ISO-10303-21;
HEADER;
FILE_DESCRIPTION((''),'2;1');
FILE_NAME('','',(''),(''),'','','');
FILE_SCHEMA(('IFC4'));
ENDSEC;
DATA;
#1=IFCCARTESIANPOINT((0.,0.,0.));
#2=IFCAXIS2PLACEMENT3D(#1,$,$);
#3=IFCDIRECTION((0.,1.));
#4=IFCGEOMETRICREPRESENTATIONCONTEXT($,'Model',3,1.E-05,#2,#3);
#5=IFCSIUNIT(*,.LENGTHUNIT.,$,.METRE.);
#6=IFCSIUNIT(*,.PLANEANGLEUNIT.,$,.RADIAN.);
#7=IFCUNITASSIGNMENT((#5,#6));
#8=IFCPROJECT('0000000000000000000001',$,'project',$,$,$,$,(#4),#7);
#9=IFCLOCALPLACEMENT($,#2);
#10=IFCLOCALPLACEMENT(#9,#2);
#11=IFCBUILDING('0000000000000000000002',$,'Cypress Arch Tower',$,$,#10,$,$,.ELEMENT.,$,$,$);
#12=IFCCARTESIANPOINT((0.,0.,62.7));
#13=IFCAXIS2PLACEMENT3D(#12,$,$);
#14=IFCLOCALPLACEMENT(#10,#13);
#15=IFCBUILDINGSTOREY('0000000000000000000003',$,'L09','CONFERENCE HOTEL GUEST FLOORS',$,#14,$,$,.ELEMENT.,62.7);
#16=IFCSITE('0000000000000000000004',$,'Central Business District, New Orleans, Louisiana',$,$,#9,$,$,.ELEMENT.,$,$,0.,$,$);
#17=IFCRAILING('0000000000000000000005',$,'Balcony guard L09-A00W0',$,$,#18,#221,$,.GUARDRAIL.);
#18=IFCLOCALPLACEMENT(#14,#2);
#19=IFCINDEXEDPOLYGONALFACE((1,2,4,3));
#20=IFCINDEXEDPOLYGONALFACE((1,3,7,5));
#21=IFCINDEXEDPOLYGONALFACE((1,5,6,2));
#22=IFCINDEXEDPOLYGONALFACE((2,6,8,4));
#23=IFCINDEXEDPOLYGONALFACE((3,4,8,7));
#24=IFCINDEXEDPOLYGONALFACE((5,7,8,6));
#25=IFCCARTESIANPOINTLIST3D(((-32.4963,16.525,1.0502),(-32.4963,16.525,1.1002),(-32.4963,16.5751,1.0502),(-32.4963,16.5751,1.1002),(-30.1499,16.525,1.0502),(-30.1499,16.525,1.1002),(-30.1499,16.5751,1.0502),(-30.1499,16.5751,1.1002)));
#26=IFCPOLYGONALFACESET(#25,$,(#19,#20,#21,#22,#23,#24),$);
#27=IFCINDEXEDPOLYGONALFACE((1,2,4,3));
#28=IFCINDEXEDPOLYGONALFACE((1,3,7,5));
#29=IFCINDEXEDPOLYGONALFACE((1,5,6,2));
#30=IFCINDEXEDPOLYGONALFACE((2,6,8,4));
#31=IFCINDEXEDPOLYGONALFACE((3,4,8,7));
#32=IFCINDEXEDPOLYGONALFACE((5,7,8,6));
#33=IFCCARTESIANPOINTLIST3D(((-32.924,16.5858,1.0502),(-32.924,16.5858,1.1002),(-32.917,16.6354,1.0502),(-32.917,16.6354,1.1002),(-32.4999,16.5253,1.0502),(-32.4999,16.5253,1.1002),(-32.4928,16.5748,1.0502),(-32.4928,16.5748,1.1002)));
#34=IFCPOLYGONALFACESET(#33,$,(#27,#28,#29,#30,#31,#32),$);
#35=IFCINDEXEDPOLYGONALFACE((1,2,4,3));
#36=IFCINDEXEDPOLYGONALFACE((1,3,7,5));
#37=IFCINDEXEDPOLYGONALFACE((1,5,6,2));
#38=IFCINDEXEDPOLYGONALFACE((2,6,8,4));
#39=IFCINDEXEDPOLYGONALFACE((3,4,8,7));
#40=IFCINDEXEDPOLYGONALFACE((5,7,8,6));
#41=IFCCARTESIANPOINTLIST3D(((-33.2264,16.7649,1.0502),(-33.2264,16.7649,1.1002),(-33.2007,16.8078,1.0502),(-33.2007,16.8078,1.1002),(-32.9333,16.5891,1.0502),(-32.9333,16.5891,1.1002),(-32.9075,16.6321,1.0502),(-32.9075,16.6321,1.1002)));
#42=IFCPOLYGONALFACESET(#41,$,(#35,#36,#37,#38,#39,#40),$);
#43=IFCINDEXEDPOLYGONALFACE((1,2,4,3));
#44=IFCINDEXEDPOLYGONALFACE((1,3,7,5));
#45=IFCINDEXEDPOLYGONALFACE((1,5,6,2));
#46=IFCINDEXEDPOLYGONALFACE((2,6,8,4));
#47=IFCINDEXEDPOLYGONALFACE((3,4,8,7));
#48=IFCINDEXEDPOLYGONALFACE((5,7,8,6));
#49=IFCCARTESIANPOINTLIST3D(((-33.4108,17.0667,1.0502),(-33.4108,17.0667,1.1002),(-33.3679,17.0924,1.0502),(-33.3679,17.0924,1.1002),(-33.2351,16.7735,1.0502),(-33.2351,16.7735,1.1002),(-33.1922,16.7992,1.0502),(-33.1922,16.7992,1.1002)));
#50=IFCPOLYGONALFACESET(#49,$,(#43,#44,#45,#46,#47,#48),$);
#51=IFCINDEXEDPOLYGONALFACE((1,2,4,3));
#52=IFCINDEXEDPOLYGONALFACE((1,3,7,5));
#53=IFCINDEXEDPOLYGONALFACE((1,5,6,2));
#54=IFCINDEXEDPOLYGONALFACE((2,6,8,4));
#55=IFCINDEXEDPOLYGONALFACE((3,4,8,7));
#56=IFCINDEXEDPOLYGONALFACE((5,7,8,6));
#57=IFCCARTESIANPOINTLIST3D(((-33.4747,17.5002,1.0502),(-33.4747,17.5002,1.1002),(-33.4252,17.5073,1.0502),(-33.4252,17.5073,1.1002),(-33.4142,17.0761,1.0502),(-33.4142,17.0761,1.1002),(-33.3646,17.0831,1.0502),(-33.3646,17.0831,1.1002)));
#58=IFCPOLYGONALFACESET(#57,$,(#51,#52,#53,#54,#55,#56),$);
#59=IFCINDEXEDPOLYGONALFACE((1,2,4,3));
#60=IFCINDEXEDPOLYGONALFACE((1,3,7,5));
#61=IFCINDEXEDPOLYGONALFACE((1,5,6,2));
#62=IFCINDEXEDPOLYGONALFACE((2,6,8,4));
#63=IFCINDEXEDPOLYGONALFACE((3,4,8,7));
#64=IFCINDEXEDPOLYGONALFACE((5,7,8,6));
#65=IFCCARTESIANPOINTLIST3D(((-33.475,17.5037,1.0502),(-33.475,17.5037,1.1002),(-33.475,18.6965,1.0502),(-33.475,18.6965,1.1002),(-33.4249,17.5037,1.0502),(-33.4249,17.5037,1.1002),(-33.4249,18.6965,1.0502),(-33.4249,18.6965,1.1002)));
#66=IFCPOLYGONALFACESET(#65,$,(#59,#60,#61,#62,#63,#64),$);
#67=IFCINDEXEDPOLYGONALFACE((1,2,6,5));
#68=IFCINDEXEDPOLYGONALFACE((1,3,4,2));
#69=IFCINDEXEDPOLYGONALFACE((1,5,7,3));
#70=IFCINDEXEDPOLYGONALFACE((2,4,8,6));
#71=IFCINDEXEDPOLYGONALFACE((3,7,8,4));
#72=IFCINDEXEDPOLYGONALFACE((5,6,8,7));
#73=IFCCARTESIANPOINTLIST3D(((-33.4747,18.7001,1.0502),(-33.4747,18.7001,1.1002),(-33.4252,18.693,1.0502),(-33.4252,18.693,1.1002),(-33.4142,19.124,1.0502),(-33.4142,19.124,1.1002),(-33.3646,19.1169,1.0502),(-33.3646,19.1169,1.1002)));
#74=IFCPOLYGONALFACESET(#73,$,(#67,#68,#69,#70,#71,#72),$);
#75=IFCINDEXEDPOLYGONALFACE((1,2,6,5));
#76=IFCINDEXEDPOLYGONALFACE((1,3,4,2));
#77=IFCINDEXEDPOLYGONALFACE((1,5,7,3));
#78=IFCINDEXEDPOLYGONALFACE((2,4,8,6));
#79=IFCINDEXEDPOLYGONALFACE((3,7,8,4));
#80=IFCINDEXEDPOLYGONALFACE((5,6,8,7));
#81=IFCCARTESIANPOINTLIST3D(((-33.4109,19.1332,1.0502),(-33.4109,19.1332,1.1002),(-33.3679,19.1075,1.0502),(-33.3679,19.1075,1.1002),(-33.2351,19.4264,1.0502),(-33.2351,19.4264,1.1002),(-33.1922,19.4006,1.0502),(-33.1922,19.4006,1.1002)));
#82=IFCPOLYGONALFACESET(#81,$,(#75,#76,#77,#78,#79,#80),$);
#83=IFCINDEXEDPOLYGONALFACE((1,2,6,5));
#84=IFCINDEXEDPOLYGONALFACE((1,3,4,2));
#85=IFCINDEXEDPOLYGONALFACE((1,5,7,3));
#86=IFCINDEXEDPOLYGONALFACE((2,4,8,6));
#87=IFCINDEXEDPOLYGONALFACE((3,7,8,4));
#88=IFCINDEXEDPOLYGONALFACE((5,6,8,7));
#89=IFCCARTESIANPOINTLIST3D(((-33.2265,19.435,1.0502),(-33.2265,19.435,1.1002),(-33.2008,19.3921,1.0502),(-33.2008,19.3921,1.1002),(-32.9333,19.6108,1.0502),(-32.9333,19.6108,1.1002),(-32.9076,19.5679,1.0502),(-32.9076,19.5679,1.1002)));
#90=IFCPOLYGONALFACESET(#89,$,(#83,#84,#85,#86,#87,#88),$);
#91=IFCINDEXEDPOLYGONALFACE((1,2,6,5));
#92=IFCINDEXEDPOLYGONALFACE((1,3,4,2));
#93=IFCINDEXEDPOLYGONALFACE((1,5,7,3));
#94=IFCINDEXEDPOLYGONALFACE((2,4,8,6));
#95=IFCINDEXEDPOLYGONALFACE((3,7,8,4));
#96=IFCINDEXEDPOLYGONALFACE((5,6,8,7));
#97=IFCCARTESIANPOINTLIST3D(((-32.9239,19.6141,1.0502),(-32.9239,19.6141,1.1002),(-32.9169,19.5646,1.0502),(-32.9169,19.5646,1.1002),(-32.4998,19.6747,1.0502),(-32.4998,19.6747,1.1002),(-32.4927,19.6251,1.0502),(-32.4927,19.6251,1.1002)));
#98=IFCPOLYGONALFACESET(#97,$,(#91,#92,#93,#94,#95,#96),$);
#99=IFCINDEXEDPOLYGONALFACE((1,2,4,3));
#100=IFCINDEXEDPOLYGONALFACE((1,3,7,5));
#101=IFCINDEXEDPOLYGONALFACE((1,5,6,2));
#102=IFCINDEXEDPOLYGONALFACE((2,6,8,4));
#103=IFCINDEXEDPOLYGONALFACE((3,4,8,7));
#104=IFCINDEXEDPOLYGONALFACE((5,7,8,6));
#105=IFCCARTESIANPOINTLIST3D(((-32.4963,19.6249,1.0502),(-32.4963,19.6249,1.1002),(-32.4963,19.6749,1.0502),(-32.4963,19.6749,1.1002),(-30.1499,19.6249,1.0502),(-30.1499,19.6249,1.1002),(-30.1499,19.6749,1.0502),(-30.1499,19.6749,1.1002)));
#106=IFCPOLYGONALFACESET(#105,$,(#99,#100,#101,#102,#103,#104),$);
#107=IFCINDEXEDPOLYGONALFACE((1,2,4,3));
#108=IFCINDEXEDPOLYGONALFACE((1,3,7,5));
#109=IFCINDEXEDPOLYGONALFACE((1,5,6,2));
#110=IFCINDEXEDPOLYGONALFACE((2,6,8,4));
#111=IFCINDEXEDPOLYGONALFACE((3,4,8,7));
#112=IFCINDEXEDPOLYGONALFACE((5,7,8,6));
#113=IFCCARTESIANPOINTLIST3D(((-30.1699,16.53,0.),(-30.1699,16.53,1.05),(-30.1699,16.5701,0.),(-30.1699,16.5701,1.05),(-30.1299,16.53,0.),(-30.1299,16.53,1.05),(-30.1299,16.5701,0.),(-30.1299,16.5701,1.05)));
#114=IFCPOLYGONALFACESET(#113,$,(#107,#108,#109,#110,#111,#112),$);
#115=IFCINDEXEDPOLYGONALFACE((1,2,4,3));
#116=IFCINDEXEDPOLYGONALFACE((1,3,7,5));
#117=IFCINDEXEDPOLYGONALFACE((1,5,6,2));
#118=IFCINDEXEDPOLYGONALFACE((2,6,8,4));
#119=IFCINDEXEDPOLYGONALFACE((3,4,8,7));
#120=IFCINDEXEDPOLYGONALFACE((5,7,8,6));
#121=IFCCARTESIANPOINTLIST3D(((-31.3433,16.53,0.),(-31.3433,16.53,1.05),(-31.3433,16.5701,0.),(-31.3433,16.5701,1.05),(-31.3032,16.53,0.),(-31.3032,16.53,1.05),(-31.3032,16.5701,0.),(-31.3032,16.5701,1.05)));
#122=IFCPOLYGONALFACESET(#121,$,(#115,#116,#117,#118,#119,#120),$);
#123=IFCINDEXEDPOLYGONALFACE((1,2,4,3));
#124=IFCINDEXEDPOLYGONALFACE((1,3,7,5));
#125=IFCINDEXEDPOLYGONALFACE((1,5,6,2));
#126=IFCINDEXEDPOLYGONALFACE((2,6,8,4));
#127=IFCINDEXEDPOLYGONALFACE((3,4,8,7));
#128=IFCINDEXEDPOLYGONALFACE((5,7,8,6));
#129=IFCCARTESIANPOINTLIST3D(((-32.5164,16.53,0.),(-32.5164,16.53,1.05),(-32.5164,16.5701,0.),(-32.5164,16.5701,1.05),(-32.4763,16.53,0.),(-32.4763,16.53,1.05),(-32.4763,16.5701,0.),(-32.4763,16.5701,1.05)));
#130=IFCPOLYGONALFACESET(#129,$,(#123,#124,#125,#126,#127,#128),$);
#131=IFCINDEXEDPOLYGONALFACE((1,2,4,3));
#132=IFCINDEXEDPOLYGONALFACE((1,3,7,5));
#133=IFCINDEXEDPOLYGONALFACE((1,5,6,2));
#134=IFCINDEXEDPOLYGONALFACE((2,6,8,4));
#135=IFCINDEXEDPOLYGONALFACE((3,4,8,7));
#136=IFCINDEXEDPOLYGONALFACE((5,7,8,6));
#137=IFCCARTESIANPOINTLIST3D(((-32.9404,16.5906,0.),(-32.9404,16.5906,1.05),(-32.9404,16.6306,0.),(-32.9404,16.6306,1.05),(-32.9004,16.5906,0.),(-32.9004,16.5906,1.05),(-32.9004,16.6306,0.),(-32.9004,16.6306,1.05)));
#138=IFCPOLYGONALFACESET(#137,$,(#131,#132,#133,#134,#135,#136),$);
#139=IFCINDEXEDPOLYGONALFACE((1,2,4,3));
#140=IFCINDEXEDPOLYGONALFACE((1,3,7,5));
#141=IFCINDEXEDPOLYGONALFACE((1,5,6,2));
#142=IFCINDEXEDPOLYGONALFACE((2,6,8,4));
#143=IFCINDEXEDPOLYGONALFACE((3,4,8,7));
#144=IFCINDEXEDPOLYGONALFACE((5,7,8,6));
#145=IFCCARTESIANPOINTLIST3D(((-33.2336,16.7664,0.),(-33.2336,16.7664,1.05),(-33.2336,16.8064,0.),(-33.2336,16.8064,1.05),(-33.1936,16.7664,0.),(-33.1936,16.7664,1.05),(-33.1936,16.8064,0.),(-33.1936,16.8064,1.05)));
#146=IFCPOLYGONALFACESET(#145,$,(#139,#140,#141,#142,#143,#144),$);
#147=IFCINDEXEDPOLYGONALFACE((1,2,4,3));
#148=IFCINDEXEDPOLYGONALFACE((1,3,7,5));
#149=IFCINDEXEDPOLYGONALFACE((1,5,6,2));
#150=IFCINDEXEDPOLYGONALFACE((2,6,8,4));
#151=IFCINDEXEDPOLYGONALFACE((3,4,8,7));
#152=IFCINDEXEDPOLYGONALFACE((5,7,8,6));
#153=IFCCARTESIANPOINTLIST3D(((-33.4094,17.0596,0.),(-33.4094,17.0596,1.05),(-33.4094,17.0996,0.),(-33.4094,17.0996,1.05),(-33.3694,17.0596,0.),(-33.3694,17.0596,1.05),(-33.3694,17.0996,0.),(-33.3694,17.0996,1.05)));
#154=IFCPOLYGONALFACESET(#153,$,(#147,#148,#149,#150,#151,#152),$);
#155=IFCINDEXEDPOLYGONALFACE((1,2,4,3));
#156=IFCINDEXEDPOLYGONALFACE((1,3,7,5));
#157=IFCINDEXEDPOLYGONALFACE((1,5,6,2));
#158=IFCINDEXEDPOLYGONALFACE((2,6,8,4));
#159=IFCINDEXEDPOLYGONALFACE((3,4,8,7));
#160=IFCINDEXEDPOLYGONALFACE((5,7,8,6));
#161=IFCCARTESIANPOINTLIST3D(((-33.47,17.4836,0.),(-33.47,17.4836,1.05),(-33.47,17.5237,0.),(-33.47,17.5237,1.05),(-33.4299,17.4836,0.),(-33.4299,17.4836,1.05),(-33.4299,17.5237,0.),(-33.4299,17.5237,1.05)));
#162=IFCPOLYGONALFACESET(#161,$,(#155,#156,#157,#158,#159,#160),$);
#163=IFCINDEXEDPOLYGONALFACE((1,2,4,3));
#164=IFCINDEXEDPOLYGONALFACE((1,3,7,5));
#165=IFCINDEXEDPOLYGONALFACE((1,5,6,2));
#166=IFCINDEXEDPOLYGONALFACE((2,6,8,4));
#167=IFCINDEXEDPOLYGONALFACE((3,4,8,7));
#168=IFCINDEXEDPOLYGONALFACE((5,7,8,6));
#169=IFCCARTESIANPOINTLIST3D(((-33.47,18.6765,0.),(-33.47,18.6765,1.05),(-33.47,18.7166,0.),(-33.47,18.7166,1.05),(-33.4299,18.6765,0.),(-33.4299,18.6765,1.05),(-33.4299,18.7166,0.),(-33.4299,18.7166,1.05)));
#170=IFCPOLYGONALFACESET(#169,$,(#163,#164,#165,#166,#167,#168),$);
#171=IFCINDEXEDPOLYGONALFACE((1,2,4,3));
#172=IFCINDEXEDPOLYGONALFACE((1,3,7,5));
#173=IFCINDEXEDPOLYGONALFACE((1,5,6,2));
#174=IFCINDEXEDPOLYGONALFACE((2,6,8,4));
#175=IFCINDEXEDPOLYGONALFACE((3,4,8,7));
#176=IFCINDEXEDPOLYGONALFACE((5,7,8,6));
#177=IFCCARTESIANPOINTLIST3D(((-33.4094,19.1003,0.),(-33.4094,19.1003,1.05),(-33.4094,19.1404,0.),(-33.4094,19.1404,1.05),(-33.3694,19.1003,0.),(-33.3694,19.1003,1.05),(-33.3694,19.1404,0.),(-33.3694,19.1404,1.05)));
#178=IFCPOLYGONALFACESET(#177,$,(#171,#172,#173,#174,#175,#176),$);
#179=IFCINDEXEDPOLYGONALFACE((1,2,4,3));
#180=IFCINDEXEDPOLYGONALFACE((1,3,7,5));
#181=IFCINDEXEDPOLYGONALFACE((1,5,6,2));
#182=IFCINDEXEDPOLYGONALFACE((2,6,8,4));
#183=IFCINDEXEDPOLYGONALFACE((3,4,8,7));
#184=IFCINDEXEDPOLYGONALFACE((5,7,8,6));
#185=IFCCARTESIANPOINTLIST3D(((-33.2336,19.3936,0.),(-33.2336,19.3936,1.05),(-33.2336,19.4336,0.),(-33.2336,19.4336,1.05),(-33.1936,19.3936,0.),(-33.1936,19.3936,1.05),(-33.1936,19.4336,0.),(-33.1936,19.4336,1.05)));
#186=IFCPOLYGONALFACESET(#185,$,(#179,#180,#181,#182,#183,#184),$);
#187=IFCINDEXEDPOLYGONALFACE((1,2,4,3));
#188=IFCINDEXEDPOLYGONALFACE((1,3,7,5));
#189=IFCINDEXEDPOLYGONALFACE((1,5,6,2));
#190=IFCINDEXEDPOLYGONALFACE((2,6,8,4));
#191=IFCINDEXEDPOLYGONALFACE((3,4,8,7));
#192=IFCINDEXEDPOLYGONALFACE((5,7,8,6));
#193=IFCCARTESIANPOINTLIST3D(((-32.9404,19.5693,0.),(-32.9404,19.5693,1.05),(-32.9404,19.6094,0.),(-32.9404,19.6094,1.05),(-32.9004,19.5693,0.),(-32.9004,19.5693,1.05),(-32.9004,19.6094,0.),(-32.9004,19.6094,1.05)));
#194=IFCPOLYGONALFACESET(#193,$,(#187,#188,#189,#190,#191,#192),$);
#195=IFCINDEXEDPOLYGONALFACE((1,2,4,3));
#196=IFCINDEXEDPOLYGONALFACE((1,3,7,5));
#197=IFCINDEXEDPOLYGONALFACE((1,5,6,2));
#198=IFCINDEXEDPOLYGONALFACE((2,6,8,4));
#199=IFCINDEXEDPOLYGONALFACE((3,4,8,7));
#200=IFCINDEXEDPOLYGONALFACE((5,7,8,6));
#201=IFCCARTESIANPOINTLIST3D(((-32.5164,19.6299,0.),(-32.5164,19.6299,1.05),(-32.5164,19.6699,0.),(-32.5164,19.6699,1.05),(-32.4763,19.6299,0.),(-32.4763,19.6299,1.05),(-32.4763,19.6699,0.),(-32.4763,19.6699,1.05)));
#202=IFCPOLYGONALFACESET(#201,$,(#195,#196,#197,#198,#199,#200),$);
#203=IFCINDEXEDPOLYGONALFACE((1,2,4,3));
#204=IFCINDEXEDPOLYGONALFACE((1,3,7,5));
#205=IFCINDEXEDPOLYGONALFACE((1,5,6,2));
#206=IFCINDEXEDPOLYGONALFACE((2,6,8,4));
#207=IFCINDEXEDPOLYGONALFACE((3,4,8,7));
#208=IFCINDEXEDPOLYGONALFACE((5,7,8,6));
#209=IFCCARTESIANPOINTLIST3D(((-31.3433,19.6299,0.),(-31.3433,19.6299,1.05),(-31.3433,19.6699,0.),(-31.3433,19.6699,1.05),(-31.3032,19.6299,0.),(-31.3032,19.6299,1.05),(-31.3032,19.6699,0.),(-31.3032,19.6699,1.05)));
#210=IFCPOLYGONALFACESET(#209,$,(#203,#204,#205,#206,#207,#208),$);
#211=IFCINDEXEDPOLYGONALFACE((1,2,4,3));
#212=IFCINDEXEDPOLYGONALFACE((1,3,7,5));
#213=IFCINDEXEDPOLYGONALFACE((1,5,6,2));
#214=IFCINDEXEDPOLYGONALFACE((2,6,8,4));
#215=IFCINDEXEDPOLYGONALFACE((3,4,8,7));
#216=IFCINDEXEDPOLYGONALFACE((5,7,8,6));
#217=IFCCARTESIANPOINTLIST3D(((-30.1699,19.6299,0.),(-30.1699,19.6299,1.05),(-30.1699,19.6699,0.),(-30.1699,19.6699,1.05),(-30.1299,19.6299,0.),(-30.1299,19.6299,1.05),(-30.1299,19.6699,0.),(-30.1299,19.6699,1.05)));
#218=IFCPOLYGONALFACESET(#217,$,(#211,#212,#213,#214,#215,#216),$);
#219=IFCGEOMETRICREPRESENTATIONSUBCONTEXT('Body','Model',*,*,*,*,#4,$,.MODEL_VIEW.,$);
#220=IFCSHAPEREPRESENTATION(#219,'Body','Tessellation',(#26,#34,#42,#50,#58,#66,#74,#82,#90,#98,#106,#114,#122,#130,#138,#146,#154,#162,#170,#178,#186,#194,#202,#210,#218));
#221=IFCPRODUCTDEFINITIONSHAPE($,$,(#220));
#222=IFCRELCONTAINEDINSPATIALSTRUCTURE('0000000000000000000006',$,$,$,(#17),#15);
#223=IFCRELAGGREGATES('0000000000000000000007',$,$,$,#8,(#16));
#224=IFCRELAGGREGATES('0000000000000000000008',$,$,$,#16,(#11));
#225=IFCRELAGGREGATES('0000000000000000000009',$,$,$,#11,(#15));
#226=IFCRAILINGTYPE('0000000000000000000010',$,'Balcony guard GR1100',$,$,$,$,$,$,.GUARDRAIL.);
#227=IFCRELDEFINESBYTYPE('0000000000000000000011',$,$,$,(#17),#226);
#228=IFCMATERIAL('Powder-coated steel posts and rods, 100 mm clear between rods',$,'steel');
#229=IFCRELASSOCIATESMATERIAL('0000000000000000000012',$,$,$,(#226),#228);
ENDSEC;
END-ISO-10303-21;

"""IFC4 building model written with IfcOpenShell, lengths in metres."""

from ifc_helpers import new_model, si_unit, direction, frame, origin, origin_2d, place, context, subcontext, project, spatial, rectangle, extrude, material, type_object, element, save


model = new_model("IFC4")

# Units and contexts
model_context = context("Model", 3, precision=1e-05, world=origin(), true_north=direction((0.0, 1.0)))
body_context = subcontext(model_context, "Body", "Model", "MODEL_VIEW")
ifc_project = project(units=[si_unit("LENGTHUNIT", "METRE"), si_unit("PLANEANGLEUNIT", "RADIAN")], contexts=[model_context])

# Site, building, storey
site_placement = place(None, origin())
site = spatial("IfcSite", under=ifc_project, at=site_placement, Name="Central Business District, New Orleans, Louisiana", CompositionType="ELEMENT", RefElevation=0.0)
building_placement = place(site_placement, origin())
building = spatial("IfcBuilding", under=site, at=building_placement, Name="Cypress Arch Tower", CompositionType="ELEMENT")
storey_placement = place(building_placement, frame((0.0, 0.0, 62.7)))
storey = spatial("IfcBuildingStorey", under=building, at=storey_placement, Name="L09", Description="CONFERENCE HOTEL GUEST FLOORS", CompositionType="ELEMENT", Elevation=62.7)

# Railing
ifc_material_1 = material(Name="Powder-coated steel posts and rods, 100 mm clear between rods", Category="steel")
railing_type_1 = type_object("IfcRailingType", Name="Balcony guard GR1100", PredefinedType="GUARDRAIL", material=ifc_material_1)
railing_1_placement = place(storey_placement, frame((-30.1499, 16.55, 0.0)))
element("IfcRailing", 1, at=railing_1_placement, inside=storey, type_object=railing_type_1, Name="Balcony guard L09-A00W0", PredefinedType="GUARDRAIL", context=body_context, shape_type="SweptSolid", body=[
    extrude(rectangle(XDim=0.05, YDim=0.05, at=origin_2d()), frame((0.0, 0.0, 1.0752), z_axis=(-1.0, 0.0, 0.0), x_axis=(0.0, -1.0, 0.0)), (0.0, 0.0, 1.0), 2.3464),
    extrude(rectangle(XDim=0.05, YDim=0.05, at=origin_2d()), frame((-2.3464, 0.0, 1.0752), z_axis=(-0.989961, 0.141342, 0.0), x_axis=(-0.141342, -0.989961, 0.0)), (0.0, 0.0, 1.0), 0.4285),
    extrude(rectangle(XDim=0.05, YDim=0.05, at=origin_2d()), frame((-2.7705, 0.0605, 1.0752), z_axis=(-0.857682, 0.514181, 0.0), x_axis=(-0.514181, -0.857682, 0.0)), (0.0, 0.0, 1.0), 0.3418),
    extrude(rectangle(XDim=0.05, YDim=0.05, at=origin_2d()), frame((-3.0637, 0.2363, 1.0752), z_axis=(-0.514181, 0.857682, 0.0), x_axis=(-0.857682, -0.514181, 0.0)), (0.0, 0.0, 1.0), 0.3418),
    extrude(rectangle(XDim=0.05, YDim=0.05, at=origin_2d()), frame((-3.2395, 0.5295, 1.0752), z_axis=(-0.141342, 0.989961, 0.0), x_axis=(-0.989961, -0.141342, 0.0)), (0.0, 0.0, 1.0), 0.4285),
    extrude(rectangle(XDim=0.05, YDim=0.05, at=origin_2d()), frame((-3.3, 0.9536, 1.0752), z_axis=(0.0, 1.0, 0.0), x_axis=(-1.0, 0.0, 0.0)), (0.0, 0.0, 1.0), 1.1929),
    extrude(rectangle(XDim=0.05, YDim=0.05, at=origin_2d()), frame((-3.3, 2.1465, 1.0752), z_axis=(0.141421, 0.989949, 0.0), x_axis=(-0.989949, 0.141421, 0.0)), (0.0, 0.0, 1.0), 0.4282),
    extrude(rectangle(XDim=0.05, YDim=0.05, at=origin_2d()), frame((-3.2395, 2.5703, 1.0752), z_axis=(0.514181, 0.857682, 0.0), x_axis=(-0.857682, 0.514181, 0.0)), (0.0, 0.0, 1.0), 0.3418),
    extrude(rectangle(XDim=0.05, YDim=0.05, at=origin_2d()), frame((-3.0637, 2.8635, 1.0752), z_axis=(0.857682, 0.514181, 0.0), x_axis=(-0.514181, 0.857682, 0.0)), (0.0, 0.0, 1.0), 0.3418),
    extrude(rectangle(XDim=0.05, YDim=0.05, at=origin_2d()), frame((-2.7705, 3.0393, 1.0752), z_axis=(0.989961, 0.141342, 0.0), x_axis=(-0.141342, 0.989961, 0.0)), (0.0, 0.0, 1.0), 0.4285),
    extrude(rectangle(XDim=0.05, YDim=0.05, at=origin_2d()), frame((-2.3464, 3.0999, 1.0752), z_axis=(1.0, 0.0, 0.0), x_axis=(0.0, 1.0, 0.0)), (0.0, 0.0, 1.0), 2.3464),
    extrude(rectangle(XDim=0.04, YDim=0.04, at=origin_2d()), origin(), (0.0, 0.0, 1.0), 1.05),
    extrude(rectangle(XDim=0.04, YDim=0.04, at=origin_2d()), frame((-1.1733, 0.0, 0.0)), (0.0, 0.0, 1.0), 1.05),
    extrude(rectangle(XDim=0.04, YDim=0.04, at=origin_2d()), frame((-2.3464, 0.0, 0.0)), (0.0, 0.0, 1.0), 1.05),
    extrude(rectangle(XDim=0.04, YDim=0.04, at=origin_2d()), frame((-2.7705, 0.0605, 0.0)), (0.0, 0.0, 1.0), 1.05),
    extrude(rectangle(XDim=0.04, YDim=0.04, at=origin_2d()), frame((-3.0637, 0.2363, 0.0)), (0.0, 0.0, 1.0), 1.05),
    extrude(rectangle(XDim=0.04, YDim=0.04, at=origin_2d()), frame((-3.2395, 0.5295, 0.0)), (0.0, 0.0, 1.0), 1.05),
    extrude(rectangle(XDim=0.04, YDim=0.04, at=origin_2d()), frame((-3.3, 0.9536, 0.0)), (0.0, 0.0, 1.0), 1.05),
    extrude(rectangle(XDim=0.04, YDim=0.04, at=origin_2d()), frame((-3.3, 2.1465, 0.0)), (0.0, 0.0, 1.0), 1.05),
    extrude(rectangle(XDim=0.04, YDim=0.04, at=origin_2d()), frame((-3.2395, 2.5703, 0.0)), (0.0, 0.0, 1.0), 1.05),
    extrude(rectangle(XDim=0.04, YDim=0.04, at=origin_2d()), frame((-3.0637, 2.8635, 0.0)), (0.0, 0.0, 1.0), 1.05),
    extrude(rectangle(XDim=0.04, YDim=0.04, at=origin_2d()), frame((-2.7705, 3.0393, 0.0)), (0.0, 0.0, 1.0), 1.05),
    extrude(rectangle(XDim=0.04, YDim=0.04, at=origin_2d()), frame((-2.3464, 3.0999, 0.0)), (0.0, 0.0, 1.0), 1.05),
    extrude(rectangle(XDim=0.04, YDim=0.04, at=origin_2d()), frame((-1.1733, 3.0999, 0.0)), (0.0, 0.0, 1.0), 1.05),
    extrude(rectangle(XDim=0.04, YDim=0.04, at=origin_2d()), frame((0.0, 3.0999, 0.0)), (0.0, 0.0, 1.0), 1.05),
])

save(model, "model.ifc")
